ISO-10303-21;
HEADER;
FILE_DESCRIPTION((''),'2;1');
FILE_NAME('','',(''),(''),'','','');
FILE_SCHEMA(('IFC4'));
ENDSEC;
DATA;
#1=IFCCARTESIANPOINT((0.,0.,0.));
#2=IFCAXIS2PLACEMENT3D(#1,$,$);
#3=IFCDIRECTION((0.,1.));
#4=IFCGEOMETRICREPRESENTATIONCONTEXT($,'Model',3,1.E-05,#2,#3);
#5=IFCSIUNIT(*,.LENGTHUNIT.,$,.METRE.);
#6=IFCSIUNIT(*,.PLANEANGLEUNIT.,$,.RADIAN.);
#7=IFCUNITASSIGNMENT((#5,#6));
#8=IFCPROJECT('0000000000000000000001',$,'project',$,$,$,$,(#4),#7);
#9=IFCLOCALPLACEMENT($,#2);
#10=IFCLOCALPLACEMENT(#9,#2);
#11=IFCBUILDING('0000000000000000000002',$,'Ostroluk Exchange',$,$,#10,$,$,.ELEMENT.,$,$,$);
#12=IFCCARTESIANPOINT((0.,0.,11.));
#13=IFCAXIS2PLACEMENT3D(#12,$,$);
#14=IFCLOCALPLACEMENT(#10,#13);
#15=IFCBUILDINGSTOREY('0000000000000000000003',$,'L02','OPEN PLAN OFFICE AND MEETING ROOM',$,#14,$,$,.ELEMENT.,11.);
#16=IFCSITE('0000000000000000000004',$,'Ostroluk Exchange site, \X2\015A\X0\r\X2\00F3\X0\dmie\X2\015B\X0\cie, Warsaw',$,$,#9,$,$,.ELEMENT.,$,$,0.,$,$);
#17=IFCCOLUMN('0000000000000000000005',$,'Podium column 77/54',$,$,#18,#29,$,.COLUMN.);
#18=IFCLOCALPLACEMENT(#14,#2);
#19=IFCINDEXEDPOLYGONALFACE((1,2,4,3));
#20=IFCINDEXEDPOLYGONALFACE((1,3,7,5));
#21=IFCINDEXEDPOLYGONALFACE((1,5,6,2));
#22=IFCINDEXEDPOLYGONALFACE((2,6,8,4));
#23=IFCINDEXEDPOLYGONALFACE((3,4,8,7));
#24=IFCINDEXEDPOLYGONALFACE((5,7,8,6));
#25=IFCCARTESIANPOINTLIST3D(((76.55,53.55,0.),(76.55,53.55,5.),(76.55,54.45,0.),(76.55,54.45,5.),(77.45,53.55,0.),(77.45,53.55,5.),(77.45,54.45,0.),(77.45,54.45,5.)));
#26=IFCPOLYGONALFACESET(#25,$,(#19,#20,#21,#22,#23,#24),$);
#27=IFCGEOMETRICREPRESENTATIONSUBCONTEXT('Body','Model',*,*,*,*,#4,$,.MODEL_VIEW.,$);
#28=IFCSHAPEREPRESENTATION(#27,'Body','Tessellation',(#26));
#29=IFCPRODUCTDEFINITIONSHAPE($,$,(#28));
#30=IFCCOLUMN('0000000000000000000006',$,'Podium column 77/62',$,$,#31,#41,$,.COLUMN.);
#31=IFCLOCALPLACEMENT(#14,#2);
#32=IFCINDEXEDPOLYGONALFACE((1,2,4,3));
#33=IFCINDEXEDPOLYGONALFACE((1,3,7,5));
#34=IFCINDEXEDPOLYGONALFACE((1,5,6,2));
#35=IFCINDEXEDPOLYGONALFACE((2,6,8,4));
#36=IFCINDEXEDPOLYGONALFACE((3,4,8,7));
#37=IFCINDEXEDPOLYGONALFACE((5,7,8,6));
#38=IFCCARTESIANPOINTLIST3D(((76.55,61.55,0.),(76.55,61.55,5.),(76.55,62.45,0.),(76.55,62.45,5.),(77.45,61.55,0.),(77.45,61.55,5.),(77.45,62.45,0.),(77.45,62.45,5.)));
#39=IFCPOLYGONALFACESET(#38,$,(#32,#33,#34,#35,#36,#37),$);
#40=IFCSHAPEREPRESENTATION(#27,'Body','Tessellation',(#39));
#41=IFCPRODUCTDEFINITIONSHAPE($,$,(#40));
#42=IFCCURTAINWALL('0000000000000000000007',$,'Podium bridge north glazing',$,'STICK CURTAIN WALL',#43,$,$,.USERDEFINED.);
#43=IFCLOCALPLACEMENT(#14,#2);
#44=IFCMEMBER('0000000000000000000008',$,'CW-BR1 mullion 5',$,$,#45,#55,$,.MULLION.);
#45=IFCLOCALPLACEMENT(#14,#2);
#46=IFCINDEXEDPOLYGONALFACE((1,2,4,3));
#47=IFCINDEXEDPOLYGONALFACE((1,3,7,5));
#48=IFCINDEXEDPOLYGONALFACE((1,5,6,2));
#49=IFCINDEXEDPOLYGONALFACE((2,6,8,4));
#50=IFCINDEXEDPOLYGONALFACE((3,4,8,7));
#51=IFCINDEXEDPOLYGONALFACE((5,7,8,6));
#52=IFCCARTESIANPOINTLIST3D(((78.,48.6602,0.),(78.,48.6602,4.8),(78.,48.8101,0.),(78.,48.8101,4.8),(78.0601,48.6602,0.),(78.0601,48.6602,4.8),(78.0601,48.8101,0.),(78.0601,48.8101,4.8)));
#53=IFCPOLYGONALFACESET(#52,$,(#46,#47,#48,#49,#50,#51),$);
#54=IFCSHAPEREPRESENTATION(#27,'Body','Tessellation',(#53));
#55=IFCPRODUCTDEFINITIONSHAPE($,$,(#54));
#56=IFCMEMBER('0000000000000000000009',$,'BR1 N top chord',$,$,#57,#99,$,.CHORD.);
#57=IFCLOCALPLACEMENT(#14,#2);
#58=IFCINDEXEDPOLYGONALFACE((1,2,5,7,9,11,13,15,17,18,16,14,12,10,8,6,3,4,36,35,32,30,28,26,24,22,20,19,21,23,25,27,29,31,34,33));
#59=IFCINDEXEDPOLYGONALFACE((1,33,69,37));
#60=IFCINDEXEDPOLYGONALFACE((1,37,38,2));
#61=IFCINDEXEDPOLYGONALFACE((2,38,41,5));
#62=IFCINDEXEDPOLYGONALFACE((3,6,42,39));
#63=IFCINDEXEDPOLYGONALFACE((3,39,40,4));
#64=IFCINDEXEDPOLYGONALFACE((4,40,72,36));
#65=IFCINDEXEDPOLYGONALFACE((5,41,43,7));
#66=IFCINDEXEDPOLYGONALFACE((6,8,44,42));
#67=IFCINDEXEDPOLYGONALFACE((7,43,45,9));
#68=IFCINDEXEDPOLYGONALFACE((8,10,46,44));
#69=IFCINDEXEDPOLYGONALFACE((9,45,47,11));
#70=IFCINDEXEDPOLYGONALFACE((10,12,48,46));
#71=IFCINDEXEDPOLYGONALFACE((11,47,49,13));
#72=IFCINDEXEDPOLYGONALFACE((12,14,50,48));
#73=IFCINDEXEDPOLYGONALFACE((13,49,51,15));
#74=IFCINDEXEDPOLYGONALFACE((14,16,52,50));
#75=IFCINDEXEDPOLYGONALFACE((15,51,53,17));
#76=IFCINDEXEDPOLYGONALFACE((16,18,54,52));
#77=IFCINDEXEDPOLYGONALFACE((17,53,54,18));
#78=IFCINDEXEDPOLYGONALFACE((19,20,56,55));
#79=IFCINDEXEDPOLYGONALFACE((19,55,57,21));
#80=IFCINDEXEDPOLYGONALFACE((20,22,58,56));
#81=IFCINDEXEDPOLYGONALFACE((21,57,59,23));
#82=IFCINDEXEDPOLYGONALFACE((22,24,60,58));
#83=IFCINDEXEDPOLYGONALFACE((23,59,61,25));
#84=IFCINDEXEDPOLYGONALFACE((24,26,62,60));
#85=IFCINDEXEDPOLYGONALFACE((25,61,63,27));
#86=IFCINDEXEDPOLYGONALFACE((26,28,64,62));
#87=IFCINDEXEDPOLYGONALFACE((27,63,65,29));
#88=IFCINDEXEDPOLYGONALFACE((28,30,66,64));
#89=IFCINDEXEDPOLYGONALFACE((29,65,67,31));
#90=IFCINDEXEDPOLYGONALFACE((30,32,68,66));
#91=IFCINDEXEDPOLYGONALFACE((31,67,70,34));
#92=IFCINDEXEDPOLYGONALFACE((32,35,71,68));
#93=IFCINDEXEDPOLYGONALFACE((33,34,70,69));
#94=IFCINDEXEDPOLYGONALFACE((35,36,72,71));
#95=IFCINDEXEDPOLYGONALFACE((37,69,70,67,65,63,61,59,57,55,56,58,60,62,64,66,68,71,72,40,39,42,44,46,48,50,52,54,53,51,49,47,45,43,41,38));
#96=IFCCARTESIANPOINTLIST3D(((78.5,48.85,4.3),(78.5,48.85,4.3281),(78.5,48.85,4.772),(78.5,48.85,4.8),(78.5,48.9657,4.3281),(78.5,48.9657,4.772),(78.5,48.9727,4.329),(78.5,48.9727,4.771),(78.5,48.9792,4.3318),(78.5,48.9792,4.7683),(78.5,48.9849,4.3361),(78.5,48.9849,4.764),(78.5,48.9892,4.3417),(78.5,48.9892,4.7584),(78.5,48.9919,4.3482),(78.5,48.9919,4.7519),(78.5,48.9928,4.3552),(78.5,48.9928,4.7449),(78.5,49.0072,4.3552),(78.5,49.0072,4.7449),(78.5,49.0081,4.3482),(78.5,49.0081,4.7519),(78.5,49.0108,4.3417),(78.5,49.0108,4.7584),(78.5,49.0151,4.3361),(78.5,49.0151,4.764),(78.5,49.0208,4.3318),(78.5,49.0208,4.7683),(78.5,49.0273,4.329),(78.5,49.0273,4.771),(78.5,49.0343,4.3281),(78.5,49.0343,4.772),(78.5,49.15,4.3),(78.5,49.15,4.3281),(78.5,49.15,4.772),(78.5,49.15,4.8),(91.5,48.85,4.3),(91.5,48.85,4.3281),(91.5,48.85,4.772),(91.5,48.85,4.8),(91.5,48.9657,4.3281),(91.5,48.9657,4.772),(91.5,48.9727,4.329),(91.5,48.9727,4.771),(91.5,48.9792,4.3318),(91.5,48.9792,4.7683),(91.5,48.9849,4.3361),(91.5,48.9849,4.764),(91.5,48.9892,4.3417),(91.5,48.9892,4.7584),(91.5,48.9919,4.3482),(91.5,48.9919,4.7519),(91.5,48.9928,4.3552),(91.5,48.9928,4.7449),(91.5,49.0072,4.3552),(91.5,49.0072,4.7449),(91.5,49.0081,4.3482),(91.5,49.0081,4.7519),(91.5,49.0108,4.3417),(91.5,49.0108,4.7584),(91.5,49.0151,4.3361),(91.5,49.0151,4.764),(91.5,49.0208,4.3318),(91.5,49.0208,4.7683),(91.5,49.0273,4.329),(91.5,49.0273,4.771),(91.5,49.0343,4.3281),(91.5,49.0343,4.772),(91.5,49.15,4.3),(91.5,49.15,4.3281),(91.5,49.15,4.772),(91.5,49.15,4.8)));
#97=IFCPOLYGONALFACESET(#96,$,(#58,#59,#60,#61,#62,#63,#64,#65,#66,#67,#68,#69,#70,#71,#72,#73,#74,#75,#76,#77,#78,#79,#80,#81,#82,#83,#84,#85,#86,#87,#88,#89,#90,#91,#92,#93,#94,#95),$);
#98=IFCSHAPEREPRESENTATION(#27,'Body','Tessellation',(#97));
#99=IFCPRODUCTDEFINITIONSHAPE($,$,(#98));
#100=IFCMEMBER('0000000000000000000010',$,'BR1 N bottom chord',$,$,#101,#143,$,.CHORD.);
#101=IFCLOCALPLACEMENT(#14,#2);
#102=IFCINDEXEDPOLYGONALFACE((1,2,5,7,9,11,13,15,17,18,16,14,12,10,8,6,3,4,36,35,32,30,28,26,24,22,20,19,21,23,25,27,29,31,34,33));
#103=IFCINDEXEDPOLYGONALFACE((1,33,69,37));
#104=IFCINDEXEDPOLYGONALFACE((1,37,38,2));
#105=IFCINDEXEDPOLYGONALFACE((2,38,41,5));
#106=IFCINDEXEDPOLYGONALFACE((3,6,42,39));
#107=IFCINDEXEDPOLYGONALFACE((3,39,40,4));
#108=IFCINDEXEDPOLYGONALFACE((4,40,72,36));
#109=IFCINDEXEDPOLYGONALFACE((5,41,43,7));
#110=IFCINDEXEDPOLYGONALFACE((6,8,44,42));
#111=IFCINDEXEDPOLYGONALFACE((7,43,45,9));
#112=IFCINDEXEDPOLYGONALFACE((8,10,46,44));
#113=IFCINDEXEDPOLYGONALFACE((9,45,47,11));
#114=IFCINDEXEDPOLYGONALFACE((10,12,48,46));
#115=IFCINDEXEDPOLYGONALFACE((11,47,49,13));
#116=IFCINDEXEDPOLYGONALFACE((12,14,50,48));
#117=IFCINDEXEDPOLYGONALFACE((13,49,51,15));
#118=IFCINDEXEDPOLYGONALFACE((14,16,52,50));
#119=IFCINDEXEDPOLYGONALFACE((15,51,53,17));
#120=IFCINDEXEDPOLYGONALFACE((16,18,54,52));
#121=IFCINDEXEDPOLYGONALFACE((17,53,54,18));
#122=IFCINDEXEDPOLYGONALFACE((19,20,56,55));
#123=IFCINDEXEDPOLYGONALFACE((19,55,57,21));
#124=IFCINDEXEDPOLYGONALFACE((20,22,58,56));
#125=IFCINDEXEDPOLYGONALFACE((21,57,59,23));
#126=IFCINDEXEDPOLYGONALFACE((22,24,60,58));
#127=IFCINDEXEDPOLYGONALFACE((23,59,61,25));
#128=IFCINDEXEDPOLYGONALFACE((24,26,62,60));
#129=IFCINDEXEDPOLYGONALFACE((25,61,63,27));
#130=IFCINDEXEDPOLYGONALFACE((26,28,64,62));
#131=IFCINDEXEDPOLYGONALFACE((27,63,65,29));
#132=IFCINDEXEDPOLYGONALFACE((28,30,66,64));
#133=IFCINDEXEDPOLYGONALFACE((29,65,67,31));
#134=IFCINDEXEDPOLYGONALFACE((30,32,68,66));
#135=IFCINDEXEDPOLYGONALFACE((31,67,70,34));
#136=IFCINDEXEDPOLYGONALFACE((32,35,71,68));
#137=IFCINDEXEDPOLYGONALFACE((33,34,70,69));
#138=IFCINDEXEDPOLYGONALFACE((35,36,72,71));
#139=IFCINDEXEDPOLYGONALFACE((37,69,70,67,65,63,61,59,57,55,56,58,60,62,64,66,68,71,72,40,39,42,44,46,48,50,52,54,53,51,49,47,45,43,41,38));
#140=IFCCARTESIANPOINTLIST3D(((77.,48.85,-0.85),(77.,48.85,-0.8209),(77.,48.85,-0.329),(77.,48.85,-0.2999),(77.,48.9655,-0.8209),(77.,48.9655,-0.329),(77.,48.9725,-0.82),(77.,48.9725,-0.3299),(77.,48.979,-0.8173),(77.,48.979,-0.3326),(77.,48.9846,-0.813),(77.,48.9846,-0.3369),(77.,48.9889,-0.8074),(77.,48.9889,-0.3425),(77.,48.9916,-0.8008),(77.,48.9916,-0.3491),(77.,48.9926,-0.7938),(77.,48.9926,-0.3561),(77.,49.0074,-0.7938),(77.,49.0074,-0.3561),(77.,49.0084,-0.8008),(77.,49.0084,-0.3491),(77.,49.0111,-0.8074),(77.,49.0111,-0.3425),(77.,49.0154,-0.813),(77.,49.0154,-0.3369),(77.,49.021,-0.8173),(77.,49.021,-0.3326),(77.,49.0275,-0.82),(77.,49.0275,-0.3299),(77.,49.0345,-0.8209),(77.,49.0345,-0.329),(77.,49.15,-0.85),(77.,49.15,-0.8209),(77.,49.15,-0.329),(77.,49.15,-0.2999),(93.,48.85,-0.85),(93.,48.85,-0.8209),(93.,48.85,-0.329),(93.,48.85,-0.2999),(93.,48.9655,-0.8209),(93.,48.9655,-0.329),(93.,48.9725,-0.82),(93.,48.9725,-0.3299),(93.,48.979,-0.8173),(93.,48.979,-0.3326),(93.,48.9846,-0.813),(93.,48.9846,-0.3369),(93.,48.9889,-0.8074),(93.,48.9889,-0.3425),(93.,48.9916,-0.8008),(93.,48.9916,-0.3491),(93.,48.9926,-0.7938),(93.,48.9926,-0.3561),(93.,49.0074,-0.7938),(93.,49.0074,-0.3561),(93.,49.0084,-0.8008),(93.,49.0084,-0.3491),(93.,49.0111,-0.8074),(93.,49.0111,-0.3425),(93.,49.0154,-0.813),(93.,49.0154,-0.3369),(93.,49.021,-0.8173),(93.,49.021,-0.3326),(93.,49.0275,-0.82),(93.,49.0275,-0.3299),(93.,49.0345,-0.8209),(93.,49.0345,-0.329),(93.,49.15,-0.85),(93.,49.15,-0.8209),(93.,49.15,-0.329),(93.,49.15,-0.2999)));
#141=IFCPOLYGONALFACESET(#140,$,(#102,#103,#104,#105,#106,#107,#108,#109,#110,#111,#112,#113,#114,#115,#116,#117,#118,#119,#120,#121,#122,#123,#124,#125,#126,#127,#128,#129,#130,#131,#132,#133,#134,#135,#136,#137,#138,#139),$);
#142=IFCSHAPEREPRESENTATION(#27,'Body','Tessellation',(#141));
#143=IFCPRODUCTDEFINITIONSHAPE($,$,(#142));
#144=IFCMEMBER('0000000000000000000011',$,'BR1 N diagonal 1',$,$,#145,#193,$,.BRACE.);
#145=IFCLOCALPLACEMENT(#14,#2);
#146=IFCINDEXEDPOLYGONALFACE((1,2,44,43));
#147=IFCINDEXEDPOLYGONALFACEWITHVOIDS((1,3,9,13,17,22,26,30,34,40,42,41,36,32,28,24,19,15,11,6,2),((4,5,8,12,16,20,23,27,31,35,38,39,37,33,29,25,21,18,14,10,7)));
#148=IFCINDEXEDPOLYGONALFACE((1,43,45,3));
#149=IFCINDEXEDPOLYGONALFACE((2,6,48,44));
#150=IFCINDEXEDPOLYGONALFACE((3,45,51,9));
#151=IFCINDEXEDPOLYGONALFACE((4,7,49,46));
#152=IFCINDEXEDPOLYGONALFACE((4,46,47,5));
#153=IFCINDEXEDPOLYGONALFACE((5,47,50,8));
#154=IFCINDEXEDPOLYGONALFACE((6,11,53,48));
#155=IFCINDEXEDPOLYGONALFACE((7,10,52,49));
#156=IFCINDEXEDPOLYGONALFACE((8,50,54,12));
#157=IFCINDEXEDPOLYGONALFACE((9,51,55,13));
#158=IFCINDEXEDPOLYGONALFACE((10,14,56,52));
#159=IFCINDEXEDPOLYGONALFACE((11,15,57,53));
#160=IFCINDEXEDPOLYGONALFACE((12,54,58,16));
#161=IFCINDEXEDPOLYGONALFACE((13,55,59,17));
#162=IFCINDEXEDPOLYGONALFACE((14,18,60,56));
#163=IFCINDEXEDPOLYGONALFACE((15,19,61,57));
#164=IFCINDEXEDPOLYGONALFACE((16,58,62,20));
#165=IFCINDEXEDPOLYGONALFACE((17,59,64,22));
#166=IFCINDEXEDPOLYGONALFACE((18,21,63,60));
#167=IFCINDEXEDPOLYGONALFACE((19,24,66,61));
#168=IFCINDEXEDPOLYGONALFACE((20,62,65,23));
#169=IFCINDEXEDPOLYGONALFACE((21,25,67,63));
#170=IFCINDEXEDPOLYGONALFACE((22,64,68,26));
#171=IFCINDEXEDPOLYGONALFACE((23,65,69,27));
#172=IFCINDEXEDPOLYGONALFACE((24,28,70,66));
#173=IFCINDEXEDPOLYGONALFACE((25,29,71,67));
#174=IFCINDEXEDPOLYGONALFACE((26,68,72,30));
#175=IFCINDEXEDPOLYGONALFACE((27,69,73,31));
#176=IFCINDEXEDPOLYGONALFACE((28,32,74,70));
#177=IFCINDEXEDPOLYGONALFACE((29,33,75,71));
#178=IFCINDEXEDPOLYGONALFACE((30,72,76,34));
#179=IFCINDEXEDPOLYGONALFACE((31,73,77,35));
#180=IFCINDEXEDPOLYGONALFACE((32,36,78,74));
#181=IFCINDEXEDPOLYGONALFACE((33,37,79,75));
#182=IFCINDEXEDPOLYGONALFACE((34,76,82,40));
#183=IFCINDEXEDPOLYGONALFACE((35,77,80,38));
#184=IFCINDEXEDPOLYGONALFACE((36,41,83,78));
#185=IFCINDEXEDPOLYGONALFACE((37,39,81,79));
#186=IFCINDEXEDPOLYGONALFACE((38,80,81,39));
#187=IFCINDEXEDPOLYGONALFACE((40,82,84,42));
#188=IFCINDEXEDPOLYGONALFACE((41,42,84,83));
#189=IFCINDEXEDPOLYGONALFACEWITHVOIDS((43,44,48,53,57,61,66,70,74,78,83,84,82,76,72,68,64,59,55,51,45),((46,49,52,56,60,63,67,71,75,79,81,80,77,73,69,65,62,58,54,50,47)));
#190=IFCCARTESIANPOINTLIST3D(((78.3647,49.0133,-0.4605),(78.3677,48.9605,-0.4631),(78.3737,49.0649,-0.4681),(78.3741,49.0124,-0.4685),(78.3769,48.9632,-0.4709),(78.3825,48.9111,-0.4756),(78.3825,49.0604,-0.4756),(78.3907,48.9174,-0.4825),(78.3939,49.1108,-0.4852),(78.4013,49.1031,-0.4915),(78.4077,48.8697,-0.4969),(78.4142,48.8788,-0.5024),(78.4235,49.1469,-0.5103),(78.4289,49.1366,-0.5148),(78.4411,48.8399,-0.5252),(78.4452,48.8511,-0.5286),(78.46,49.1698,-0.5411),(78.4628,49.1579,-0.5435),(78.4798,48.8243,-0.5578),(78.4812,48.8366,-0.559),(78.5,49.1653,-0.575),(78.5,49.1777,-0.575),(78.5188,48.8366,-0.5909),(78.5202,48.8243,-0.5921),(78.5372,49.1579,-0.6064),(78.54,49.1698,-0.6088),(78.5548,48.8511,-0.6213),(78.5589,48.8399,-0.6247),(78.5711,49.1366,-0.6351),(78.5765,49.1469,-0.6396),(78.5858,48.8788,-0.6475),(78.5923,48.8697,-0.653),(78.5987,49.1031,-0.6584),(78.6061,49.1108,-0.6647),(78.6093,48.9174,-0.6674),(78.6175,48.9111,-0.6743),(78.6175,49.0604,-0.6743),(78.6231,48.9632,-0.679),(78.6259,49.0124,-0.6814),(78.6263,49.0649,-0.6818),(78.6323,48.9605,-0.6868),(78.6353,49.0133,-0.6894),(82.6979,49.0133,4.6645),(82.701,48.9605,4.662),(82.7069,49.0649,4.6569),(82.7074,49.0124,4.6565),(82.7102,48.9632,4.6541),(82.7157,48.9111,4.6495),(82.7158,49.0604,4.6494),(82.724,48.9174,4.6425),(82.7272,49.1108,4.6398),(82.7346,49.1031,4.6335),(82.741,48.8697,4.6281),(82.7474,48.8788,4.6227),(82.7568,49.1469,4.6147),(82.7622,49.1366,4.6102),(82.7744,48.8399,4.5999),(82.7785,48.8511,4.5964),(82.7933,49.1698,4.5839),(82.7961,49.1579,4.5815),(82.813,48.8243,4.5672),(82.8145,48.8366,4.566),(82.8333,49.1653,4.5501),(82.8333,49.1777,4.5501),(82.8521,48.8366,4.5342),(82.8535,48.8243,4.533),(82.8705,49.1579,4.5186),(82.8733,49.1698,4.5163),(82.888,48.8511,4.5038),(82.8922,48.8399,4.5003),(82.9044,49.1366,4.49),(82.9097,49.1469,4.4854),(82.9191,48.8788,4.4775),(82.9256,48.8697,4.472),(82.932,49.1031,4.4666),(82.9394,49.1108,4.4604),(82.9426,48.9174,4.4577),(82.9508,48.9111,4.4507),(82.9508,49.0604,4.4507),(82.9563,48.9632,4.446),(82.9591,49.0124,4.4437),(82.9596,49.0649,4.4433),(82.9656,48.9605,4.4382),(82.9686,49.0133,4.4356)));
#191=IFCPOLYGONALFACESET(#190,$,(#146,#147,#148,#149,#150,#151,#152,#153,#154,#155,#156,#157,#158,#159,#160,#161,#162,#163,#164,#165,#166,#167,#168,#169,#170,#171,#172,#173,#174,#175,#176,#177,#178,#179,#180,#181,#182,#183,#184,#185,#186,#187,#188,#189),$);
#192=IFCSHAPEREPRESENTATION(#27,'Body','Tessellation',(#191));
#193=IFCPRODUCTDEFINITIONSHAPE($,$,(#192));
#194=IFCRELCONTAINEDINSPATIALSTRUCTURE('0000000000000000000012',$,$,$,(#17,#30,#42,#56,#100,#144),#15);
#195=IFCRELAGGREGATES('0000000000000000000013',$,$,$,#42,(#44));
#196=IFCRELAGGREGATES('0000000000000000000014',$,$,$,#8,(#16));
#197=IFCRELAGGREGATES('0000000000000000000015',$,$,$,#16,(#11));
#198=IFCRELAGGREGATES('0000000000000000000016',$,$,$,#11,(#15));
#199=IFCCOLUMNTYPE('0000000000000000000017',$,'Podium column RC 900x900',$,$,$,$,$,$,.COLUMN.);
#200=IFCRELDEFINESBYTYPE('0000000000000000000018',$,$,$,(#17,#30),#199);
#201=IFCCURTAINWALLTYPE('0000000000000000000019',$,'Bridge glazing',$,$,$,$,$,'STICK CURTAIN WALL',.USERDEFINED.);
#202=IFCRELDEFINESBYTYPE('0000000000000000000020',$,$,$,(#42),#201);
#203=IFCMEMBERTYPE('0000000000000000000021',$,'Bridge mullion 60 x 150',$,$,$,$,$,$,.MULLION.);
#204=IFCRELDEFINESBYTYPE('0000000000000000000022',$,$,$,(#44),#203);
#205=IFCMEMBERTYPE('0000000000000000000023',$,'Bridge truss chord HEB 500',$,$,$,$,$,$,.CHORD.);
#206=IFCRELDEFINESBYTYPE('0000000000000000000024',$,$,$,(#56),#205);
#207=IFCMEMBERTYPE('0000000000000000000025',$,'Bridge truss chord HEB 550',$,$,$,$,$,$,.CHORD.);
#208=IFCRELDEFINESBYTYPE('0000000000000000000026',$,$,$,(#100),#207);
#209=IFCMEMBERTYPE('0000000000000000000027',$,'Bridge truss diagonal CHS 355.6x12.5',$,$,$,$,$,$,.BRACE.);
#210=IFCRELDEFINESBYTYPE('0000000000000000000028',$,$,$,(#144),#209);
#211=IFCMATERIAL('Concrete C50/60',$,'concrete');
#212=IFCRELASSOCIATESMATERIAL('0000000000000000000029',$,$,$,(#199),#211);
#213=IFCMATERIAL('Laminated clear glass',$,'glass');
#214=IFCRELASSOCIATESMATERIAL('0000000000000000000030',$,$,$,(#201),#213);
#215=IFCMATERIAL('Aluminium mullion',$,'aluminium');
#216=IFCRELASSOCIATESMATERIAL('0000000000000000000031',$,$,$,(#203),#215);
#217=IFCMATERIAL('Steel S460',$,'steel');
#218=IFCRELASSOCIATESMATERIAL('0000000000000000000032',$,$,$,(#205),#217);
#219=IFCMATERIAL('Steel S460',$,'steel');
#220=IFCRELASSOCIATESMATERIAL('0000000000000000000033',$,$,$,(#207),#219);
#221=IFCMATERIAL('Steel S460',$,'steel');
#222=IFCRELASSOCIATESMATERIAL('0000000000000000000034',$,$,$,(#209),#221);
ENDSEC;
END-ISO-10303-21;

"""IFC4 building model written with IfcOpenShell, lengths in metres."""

from ifc_helpers import new_model, si_unit, direction, frame, origin, origin_2d, place, context, subcontext, project, spatial, rectangle, hollow_circle, i_section, extrude, material, material_profile, profile_set, type_object, element, aggregate, save


model = new_model("IFC4")

# Units and contexts
model_context = context("Model", 3, precision=1e-05, world=origin(), true_north=direction((0.0, 1.0)))
body_context = subcontext(model_context, "Body", "Model", "MODEL_VIEW")
ifc_project = project(units=[si_unit("LENGTHUNIT", "METRE"), si_unit("PLANEANGLEUNIT", "RADIAN")], contexts=[model_context])

# Site, building, storey
site_placement = place(None, origin())
site = spatial("IfcSite", under=ifc_project, at=site_placement, Name="Ostroluk Exchange site, Śródmieście, Warsaw", CompositionType="ELEMENT", RefElevation=0.0)
building_placement = place(site_placement, origin())
building = spatial("IfcBuilding", under=site, at=building_placement, Name="Ostroluk Exchange", CompositionType="ELEMENT")
storey_placement = place(building_placement, frame((0.0, 0.0, 11.0)))
storey = spatial("IfcBuildingStorey", under=building, at=storey_placement, Name="L02", Description="OPEN PLAN OFFICE AND MEETING ROOM", CompositionType="ELEMENT", Elevation=11.0)

# Columns
ifc_material_1 = material(Name="Concrete C50/60", Category="concrete")
ifc_material_profile_1 = material_profile(ifc_material_1, rectangle(XDim=0.8999, YDim=0.8999, at=origin_2d()), Name="RC 900x900")
ifc_profile_set_1 = profile_set([ifc_material_profile_1], Name="Concrete C50/60")
column_type_1 = type_object("IfcColumnType", Name="Podium column RC 900x900", PredefinedType="COLUMN", material=ifc_profile_set_1)
for number, where, z_axis, x_axis, name in (
    (1, (77.0, 54.0, 0.0), (0.0, 0.0, 1.0), (1.0, 0.0, 0.0), "Podium column 77/54"),
    (2, (77.0, 62.0, 0.0), (0.0, 0.0, 1.0), (1.0, 0.0, 0.0), "Podium column 77/62"),
):
    element("IfcColumn", number, at=place(storey_placement, frame(where, z_axis=z_axis, x_axis=x_axis)), inside=storey, type_object=column_type_1, Name=name, PredefinedType="COLUMN", context=body_context, shape_type="SweptSolid", body=[
        extrude(rectangle(XDim=0.8999, YDim=0.8999, at=origin_2d()), origin(), (0.0, 0.0, 1.0), 5.0),
    ])

# Curtain wall, member
ifc_material_2 = material(Name="Laminated clear glass", Category="glass")
curtain_wall_type = type_object("IfcCurtainWallType", Name="Bridge glazing", ElementType="STICK CURTAIN WALL", PredefinedType="USERDEFINED", material=ifc_material_2)
curtain_wall_placement = place(storey_placement, origin())
curtain_wall = element("IfcCurtainWall", 3, at=curtain_wall_placement, inside=storey, type_object=curtain_wall_type, Name="Podium bridge north glazing", ObjectType="STICK CURTAIN WALL", PredefinedType="USERDEFINED")
ifc_material_3 = material(Name="Aluminium mullion", Category="aluminium")
ifc_material_profile_2 = material_profile(ifc_material_3, rectangle(XDim=0.1499, YDim=0.0601, at=origin_2d()), Name="Bridge mullion 60 x 150")
ifc_profile_set_2 = profile_set([ifc_material_profile_2], Name="Aluminium mullion")
member_type_1 = type_object("IfcMemberType", Name="Bridge mullion 60 x 150", PredefinedType="MULLION", material=ifc_profile_set_2)
member_1_placement = place(storey_placement, frame((78.03, 48.7351, 0.0), z_axis=(0.0, 0.0, 1.0), x_axis=(0.0, -1.0, 0.0)))
member_1 = element("IfcMember", 4, at=member_1_placement, type_object=member_type_1, Name="CW-BR1 mullion 5", PredefinedType="MULLION", context=body_context, shape_type="SweptSolid", body=[
    extrude(rectangle(XDim=0.1499, YDim=0.0601, at=origin_2d()), origin(), (0.0, 0.0, 1.0), 4.8),
])
aggregate(curtain_wall, [member_1])

# Members
ifc_material_4 = material(Name="Steel S460", Category="steel")
ifc_material_profile_3 = material_profile(ifc_material_4, i_section(OverallWidth=0.3, OverallDepth=0.5, WebThickness=0.0144, FlangeThickness=0.0281, FilletRadius=0.0271, at=origin_2d()), Name="HEB 500")
ifc_profile_set_3 = profile_set([ifc_material_profile_3], Name="Steel S460")
member_type_2 = type_object("IfcMemberType", Name="Bridge truss chord HEB 500", PredefinedType="CHORD", material=ifc_profile_set_3)
member_2_placement = place(storey_placement, frame((78.5, 49.0, 4.55), z_axis=(1.0, 0.0, 0.0), x_axis=(0.0, 1.0, 0.0)))
element("IfcMember", 5, at=member_2_placement, inside=storey, type_object=member_type_2, Name="BR1 N top chord", PredefinedType="CHORD", context=body_context, shape_type="SweptSolid", body=[
    extrude(i_section(OverallWidth=0.3, OverallDepth=0.5, WebThickness=0.0144, FlangeThickness=0.0281, FilletRadius=0.0271, at=origin_2d()), origin(), (0.0, 0.0, 1.0), 13.0),
])
ifc_material_5 = material(Name="Steel S460", Category="steel")
ifc_material_profile_4 = material_profile(ifc_material_5, i_section(OverallWidth=0.3, OverallDepth=0.55, WebThickness=0.0149, FlangeThickness=0.0291, FilletRadius=0.0271, at=origin_2d()), Name="HEB 550")
ifc_profile_set_4 = profile_set([ifc_material_profile_4], Name="Steel S460")
member_type_3 = type_object("IfcMemberType", Name="Bridge truss chord HEB 550", PredefinedType="CHORD", material=ifc_profile_set_4)
member_3_placement = place(storey_placement, frame((77.0, 49.0, -0.575), z_axis=(1.0, 0.0, 0.0), x_axis=(0.0, 1.0, 0.0)))
element("IfcMember", 6, at=member_3_placement, inside=storey, type_object=member_type_3, Name="BR1 N bottom chord", PredefinedType="CHORD", context=body_context, shape_type="SweptSolid", body=[
    extrude(i_section(OverallWidth=0.3, OverallDepth=0.55, WebThickness=0.0149, FlangeThickness=0.0291, FilletRadius=0.0271, at=origin_2d()), origin(), (0.0, 0.0, 1.0), 16.0),
])
ifc_material_6 = material(Name="Steel S460", Category="steel")
ifc_material_profile_5 = material_profile(ifc_material_6, hollow_circle(Radius=0.1777, WallThickness=0.0125, at=origin_2d()), Name="CHS 355.6x12.5")
ifc_profile_set_5 = profile_set([ifc_material_profile_5], Name="Steel S460")
member_type_4 = type_object("IfcMemberType", Name="Bridge truss diagonal CHS 355.6x12.5", PredefinedType="BRACE", material=ifc_profile_set_5)
member_4_placement = place(storey_placement, frame((78.5, 49.0, -0.575), z_axis=(0.645657, 0.0, 0.763628), x_axis=(0.0, 1.0, 0.0)))
element("IfcMember", 7, at=member_4_placement, inside=storey, type_object=member_type_4, Name="BR1 N diagonal 1", PredefinedType="BRACE", context=body_context, shape_type="SweptSolid", body=[
    extrude(hollow_circle(Radius=0.1777, WallThickness=0.0125, at=origin_2d()), origin(), (0.0, 0.0, 1.0), 6.7114),
])

save(model, "model.ifc")
